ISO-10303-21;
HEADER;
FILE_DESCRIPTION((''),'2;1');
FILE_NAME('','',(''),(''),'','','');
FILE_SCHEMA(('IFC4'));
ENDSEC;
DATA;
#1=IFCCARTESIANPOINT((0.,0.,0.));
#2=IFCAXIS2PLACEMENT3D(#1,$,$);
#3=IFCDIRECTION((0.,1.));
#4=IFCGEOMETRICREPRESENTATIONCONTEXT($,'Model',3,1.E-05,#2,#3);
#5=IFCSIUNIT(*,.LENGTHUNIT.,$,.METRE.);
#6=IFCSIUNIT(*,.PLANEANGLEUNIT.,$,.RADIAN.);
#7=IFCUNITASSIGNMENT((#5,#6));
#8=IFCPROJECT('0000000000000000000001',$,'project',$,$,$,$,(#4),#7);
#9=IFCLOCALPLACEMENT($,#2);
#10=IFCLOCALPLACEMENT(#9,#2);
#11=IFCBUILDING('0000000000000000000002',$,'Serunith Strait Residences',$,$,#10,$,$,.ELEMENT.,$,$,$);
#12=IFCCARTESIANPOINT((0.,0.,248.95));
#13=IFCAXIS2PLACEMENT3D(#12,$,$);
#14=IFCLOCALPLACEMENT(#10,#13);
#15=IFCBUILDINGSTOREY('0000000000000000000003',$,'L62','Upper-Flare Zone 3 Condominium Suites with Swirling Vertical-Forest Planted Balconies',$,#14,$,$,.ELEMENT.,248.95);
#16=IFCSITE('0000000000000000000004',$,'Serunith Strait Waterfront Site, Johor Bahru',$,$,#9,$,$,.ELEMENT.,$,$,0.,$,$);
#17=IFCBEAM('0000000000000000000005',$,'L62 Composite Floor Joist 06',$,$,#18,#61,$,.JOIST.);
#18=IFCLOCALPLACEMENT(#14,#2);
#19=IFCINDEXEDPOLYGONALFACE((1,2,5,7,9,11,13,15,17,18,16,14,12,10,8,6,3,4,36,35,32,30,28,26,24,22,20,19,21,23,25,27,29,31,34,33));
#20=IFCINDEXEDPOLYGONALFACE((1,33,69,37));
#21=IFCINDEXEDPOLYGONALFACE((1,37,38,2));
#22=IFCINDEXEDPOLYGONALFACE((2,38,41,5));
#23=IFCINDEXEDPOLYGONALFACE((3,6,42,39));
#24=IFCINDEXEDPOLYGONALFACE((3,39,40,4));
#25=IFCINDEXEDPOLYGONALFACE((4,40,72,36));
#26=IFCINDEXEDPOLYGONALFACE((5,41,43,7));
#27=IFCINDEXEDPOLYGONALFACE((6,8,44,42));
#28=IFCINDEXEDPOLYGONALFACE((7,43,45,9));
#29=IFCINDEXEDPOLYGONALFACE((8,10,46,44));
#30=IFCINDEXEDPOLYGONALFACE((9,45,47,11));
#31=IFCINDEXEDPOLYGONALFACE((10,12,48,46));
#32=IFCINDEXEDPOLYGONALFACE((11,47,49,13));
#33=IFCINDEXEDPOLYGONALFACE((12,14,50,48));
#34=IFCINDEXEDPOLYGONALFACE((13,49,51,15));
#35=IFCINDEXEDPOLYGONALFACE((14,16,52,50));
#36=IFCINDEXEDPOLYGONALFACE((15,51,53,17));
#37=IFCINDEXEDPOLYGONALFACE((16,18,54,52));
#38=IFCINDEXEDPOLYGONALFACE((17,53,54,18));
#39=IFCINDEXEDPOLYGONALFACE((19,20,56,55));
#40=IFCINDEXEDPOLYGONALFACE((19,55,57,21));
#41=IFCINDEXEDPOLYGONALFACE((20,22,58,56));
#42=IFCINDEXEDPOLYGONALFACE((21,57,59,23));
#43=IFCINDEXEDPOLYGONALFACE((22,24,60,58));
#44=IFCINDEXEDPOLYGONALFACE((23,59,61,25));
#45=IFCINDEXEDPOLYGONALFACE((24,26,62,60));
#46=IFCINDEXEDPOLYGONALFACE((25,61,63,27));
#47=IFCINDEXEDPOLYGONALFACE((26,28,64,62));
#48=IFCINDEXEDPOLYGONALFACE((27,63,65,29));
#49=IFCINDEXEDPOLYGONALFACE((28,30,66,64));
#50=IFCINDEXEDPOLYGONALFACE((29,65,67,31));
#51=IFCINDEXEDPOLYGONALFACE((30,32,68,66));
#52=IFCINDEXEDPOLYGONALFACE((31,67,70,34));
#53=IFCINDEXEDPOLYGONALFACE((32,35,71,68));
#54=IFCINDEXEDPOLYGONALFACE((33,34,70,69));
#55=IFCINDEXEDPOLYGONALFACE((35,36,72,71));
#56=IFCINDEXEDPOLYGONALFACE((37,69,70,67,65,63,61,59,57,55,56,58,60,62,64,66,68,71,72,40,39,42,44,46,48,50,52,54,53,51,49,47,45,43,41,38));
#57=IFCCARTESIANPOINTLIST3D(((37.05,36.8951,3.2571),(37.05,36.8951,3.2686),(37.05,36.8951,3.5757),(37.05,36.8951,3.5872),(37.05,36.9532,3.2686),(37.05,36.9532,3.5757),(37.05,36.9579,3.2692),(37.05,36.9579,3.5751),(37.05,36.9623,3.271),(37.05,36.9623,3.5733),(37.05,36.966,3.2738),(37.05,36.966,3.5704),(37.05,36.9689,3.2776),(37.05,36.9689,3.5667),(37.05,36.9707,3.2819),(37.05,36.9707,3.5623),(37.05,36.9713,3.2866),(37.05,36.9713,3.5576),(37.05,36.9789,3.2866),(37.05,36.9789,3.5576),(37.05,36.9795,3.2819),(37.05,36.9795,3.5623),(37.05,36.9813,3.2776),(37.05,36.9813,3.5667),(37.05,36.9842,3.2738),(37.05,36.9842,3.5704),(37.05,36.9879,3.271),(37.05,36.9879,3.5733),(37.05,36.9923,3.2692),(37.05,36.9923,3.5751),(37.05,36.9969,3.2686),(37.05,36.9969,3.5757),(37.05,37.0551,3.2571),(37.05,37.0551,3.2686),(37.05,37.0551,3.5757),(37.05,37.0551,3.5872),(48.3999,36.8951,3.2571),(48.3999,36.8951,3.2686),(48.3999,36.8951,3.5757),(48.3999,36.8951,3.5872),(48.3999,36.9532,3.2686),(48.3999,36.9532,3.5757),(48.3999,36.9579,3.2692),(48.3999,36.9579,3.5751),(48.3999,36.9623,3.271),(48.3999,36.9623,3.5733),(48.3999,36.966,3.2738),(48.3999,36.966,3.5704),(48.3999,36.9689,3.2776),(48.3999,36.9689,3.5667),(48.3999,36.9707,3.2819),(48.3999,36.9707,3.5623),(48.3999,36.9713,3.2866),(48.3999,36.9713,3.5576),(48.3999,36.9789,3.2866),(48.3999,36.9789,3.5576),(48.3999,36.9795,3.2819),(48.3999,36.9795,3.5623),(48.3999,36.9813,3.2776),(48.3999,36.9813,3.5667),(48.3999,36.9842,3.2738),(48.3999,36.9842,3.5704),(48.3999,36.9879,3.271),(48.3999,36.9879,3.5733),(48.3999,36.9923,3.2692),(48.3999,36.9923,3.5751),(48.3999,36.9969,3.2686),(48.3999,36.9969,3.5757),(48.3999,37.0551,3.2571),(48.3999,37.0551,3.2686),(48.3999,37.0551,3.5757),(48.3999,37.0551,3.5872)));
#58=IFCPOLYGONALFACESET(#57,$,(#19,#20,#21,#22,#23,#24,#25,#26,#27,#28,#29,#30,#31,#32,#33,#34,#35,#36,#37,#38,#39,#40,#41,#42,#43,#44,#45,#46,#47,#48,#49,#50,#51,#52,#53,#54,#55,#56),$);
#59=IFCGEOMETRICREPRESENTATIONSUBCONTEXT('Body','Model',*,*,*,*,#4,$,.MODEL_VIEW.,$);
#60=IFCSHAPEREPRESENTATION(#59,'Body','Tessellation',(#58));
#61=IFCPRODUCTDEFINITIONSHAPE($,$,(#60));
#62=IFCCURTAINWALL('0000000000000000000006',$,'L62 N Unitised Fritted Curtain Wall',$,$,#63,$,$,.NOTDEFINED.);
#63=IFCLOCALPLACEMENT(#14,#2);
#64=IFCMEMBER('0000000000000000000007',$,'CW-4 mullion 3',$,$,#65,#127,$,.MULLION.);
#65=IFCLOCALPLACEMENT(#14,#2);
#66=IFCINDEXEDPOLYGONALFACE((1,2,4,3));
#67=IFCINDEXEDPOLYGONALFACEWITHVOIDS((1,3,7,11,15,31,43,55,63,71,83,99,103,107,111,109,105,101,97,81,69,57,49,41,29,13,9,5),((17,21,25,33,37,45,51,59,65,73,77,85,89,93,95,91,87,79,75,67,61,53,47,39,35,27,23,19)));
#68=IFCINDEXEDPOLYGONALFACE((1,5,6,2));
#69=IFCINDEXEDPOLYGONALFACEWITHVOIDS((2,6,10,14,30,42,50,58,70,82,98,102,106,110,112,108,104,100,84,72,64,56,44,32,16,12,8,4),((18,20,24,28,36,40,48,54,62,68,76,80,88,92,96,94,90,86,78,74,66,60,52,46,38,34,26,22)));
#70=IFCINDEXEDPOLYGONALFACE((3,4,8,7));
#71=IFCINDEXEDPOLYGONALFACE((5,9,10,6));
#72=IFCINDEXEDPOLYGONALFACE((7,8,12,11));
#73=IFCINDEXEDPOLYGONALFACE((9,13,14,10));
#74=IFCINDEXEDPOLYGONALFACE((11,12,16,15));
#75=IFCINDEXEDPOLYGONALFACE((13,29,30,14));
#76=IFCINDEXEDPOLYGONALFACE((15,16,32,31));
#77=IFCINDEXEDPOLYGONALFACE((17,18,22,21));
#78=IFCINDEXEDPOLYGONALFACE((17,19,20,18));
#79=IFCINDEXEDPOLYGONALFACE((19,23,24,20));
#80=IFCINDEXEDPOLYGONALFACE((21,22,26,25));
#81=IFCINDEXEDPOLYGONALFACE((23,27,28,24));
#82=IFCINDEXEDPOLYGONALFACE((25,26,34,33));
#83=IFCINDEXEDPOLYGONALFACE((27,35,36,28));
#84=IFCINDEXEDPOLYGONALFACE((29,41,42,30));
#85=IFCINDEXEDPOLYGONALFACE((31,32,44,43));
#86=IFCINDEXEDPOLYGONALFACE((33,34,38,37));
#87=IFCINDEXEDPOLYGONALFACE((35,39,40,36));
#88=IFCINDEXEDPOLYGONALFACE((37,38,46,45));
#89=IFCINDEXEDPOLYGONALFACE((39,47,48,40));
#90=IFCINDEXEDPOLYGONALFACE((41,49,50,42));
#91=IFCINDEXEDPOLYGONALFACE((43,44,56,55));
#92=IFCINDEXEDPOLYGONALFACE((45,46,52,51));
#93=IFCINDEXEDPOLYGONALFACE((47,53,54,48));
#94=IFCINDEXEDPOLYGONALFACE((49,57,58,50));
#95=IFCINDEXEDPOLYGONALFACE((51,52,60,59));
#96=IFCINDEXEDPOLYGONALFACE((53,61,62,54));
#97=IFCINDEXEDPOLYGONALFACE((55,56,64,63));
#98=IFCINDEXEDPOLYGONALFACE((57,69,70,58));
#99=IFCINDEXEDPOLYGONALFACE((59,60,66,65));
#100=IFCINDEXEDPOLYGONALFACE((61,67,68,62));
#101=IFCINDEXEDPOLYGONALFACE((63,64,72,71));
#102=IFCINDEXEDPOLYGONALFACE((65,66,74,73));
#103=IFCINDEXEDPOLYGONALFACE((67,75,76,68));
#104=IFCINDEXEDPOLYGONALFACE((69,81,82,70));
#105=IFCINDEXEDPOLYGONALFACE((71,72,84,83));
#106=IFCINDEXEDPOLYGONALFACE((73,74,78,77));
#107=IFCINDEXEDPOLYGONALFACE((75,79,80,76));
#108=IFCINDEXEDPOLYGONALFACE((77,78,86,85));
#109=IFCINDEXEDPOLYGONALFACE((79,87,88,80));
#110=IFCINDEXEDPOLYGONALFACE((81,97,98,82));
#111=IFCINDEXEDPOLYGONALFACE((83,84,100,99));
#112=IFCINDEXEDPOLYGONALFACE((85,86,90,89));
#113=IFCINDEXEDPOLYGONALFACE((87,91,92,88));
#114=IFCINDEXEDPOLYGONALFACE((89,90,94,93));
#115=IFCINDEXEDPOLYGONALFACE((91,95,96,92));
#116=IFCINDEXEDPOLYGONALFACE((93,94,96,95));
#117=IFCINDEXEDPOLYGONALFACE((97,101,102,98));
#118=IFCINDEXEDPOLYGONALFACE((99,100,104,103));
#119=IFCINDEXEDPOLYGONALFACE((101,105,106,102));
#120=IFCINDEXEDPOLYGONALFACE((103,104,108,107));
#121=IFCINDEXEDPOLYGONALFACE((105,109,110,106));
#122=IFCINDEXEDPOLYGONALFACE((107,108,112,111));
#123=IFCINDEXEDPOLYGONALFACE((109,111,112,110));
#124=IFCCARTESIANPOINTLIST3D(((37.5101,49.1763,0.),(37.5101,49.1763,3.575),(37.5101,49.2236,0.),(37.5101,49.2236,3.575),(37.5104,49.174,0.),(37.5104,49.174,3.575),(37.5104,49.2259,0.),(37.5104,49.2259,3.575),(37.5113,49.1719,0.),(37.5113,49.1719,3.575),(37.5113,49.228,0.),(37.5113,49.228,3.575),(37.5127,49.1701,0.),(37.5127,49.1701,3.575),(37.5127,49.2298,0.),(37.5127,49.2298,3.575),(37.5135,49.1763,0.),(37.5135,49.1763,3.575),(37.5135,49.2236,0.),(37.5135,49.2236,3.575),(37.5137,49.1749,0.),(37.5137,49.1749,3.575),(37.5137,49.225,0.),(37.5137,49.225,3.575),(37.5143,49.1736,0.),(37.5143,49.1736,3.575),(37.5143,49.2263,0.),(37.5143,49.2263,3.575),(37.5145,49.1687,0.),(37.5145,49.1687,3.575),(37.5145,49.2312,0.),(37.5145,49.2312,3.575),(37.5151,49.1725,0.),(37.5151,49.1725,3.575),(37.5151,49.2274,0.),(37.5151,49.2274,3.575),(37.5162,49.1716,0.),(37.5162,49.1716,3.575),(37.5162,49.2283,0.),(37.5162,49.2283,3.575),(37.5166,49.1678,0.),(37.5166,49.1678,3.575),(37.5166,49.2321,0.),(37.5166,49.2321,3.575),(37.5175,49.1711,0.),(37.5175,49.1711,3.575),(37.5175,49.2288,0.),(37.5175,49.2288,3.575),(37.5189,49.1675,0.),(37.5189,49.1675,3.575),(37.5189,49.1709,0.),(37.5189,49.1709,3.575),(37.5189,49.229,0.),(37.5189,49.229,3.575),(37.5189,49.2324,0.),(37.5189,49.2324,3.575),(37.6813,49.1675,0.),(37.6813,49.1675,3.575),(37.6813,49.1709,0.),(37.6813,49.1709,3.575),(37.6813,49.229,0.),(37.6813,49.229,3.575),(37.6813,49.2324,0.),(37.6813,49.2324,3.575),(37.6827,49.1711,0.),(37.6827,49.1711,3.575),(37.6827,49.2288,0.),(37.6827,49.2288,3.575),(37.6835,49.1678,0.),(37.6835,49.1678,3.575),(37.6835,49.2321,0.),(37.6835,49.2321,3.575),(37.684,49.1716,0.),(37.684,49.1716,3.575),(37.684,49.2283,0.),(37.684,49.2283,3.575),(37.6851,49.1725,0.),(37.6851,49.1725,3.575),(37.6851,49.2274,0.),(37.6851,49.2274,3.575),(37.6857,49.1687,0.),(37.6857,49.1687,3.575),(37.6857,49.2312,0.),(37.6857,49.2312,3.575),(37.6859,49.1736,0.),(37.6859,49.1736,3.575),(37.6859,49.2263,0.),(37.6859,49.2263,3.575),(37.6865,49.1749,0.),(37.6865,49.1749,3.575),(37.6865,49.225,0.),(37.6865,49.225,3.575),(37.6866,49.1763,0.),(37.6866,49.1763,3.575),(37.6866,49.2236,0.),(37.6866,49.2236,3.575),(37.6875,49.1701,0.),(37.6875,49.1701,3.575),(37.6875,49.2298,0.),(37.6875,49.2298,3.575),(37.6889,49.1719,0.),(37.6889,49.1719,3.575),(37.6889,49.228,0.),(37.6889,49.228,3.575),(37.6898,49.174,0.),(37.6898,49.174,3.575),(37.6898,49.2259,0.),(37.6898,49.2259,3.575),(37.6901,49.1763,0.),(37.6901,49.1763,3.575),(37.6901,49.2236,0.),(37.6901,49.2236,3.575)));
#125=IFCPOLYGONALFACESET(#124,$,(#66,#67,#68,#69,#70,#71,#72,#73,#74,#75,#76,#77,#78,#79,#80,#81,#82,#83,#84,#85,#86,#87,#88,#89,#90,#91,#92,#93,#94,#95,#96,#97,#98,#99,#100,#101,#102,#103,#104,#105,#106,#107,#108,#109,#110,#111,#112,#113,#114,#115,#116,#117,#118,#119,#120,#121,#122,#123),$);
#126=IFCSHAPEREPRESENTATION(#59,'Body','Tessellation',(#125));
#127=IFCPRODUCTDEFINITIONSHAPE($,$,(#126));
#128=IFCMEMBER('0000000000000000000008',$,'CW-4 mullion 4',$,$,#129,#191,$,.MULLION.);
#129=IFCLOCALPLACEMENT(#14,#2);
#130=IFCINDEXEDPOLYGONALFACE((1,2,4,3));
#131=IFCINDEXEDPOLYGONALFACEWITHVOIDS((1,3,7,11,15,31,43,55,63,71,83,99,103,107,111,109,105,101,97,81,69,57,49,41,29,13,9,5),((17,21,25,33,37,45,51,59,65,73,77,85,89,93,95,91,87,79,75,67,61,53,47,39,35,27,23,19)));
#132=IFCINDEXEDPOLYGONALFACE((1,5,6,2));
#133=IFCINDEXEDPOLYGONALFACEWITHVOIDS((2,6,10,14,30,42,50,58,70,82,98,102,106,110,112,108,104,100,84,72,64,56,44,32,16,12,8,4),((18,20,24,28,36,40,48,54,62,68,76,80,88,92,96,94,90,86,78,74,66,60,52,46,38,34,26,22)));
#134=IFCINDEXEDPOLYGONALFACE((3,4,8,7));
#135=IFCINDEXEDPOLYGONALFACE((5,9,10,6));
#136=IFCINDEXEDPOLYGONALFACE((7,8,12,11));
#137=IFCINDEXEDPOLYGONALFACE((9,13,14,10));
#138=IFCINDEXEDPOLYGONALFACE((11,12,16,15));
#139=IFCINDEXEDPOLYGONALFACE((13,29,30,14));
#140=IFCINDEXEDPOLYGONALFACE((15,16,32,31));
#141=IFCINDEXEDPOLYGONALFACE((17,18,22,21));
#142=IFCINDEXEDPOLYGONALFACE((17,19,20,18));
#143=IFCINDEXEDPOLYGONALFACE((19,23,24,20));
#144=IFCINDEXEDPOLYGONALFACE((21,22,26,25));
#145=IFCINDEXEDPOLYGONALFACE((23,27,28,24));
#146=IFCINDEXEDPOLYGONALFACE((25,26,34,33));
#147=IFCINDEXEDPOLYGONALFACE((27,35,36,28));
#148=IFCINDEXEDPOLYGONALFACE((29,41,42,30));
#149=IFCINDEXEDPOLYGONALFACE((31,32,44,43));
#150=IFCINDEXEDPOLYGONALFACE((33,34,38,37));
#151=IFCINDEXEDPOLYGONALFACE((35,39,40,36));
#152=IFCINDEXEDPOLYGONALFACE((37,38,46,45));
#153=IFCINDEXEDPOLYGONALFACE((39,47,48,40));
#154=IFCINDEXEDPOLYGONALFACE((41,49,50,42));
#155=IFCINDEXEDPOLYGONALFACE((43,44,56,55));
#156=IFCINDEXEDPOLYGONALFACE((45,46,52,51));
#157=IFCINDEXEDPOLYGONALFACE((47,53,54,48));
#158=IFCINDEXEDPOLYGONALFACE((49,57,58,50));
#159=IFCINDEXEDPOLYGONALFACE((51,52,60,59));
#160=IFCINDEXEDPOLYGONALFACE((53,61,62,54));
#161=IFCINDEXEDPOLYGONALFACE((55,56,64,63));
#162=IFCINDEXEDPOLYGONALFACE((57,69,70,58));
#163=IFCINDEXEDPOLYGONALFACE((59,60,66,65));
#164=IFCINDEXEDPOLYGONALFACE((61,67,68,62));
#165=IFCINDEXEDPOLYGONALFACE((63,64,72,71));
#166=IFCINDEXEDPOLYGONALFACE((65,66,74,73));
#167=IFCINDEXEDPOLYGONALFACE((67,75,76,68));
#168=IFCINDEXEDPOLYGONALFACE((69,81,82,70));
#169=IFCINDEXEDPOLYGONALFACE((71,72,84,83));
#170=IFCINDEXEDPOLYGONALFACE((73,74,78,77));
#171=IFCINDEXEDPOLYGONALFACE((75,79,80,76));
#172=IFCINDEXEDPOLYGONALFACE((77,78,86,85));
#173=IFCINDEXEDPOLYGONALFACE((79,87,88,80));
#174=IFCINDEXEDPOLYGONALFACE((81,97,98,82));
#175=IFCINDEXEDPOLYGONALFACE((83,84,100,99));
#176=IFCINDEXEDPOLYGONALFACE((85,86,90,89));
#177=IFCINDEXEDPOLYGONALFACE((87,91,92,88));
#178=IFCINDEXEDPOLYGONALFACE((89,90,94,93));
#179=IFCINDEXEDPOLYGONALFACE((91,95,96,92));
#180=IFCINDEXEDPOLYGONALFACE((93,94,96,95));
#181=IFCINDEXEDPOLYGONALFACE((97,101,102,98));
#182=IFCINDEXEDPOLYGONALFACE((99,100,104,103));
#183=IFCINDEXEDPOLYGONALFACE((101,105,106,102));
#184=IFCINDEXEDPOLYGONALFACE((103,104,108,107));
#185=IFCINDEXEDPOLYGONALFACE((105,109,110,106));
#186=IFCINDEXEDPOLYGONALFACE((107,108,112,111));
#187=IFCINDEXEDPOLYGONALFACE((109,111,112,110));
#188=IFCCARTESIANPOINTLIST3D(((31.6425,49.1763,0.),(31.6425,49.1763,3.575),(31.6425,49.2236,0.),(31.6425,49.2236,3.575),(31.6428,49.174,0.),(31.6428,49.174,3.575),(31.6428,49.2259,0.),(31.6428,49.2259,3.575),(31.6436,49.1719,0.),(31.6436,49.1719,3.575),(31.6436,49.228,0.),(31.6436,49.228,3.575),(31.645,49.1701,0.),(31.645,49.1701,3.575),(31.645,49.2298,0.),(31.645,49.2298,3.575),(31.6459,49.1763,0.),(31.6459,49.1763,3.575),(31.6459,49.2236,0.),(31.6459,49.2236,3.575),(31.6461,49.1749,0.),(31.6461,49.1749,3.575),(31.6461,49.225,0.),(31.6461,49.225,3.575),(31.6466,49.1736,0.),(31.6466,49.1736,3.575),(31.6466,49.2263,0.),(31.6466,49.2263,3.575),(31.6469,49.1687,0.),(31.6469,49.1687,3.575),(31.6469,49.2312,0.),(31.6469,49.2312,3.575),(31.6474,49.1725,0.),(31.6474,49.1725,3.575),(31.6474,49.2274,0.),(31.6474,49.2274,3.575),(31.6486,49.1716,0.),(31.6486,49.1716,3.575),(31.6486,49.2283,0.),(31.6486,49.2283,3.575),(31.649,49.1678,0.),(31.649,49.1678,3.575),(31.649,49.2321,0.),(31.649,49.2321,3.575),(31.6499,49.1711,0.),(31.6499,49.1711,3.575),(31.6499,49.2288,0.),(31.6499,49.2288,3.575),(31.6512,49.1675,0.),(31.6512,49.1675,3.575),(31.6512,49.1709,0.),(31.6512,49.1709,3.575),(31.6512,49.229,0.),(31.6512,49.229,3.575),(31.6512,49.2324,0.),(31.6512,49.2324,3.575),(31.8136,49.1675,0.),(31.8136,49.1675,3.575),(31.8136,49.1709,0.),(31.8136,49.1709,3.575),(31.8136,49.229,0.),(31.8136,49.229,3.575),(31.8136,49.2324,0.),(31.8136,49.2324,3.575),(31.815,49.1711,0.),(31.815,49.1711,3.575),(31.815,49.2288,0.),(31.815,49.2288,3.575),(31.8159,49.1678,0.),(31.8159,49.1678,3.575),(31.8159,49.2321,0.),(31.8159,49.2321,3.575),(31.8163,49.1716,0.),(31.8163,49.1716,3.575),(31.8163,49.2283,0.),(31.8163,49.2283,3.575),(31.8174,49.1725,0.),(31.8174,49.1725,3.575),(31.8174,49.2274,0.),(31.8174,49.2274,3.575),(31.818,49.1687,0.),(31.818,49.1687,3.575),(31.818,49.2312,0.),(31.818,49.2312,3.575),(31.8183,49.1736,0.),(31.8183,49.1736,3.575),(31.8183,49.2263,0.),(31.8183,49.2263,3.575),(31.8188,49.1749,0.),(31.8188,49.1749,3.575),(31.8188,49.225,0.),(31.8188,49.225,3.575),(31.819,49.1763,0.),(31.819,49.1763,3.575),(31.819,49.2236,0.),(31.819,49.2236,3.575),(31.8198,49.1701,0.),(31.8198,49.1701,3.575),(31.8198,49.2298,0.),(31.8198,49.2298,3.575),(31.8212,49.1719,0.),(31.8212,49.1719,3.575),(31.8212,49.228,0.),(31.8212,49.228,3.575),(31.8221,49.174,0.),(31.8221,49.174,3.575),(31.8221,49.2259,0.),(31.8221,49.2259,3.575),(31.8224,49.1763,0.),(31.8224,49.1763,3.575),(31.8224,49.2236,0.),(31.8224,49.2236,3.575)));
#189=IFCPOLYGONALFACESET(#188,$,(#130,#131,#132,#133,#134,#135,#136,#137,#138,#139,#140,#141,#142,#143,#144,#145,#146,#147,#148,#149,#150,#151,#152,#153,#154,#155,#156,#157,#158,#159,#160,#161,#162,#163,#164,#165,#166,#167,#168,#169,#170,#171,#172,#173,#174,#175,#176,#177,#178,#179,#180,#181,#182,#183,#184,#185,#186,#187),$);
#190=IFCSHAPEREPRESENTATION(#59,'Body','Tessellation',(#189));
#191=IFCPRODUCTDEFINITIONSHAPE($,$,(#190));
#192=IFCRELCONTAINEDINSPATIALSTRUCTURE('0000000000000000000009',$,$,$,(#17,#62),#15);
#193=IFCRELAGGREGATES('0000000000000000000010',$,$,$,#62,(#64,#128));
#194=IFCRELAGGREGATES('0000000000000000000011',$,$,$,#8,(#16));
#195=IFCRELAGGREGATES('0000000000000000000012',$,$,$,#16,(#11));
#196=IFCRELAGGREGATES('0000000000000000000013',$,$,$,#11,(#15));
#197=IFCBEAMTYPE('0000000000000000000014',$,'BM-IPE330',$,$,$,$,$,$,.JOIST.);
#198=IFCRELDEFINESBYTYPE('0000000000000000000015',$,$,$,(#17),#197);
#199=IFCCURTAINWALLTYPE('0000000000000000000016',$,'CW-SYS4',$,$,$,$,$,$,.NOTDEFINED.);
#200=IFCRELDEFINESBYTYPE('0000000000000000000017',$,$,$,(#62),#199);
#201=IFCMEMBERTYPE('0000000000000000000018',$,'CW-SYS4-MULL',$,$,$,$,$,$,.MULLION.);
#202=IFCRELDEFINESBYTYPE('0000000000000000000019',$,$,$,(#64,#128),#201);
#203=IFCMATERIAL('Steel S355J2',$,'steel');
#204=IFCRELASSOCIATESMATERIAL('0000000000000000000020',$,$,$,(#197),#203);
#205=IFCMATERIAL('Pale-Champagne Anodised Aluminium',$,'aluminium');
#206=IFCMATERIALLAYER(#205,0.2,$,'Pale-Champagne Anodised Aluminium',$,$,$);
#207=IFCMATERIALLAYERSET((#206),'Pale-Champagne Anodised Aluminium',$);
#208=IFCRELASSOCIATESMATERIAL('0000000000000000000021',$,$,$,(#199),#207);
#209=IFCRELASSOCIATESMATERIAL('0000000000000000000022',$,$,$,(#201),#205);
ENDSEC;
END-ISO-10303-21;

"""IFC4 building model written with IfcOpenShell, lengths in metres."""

from ifc_helpers import new_model, si_unit, direction, frame, origin, origin_2d, place, context, subcontext, project, spatial, hollow_rectangle, i_section, extrude, source, transform, mapped, material, layer, layer_set, material_profile, profile_set, type_object, element, aggregate, save


model = new_model("IFC4")

# Units and contexts
model_context = context("Model", 3, precision=1e-05, world=origin(), true_north=direction((0.0, 1.0)))
body_context = subcontext(model_context, "Body", "Model", "MODEL_VIEW")
ifc_project = project(units=[si_unit("LENGTHUNIT", "METRE"), si_unit("PLANEANGLEUNIT", "RADIAN")], contexts=[model_context])

# Site, building, storey
site_placement = place(None, origin())
site = spatial("IfcSite", under=ifc_project, at=site_placement, Name="Serunith Strait Waterfront Site, Johor Bahru", CompositionType="ELEMENT", RefElevation=0.0)
building_placement = place(site_placement, origin())
building = spatial("IfcBuilding", under=site, at=building_placement, Name="Serunith Strait Residences", CompositionType="ELEMENT")
storey_placement = place(building_placement, frame((0.0, 0.0, 248.95)))
storey = spatial("IfcBuildingStorey", under=building, at=storey_placement, Name="L62", Description="Upper-Flare Zone 3 Condominium Suites with Swirling Vertical-Forest Planted Balconies", CompositionType="ELEMENT", Elevation=248.95)

# Beam
ifc_material_1 = material(Name="Steel S355J2", Category="steel")
ifc_material_profile_1 = material_profile(ifc_material_1, i_section(OverallWidth=0.1599, OverallDepth=0.3301, WebThickness=0.0076, FlangeThickness=0.0115, FilletRadius=0.0181, at=origin_2d()), Name="IPE 330")
ifc_profile_set_1 = profile_set([ifc_material_profile_1], Name="Steel S355J2")
beam_type_1 = type_object("IfcBeamType", Name="BM-IPE330", PredefinedType="JOIST", material=ifc_profile_set_1)
shared_shape_1 = source(origin(), body_context, "Body", "SweptSolid", [
    extrude(i_section(OverallWidth=0.1599, OverallDepth=0.3301, WebThickness=0.0076, FlangeThickness=0.0115, FilletRadius=0.0181, at=origin_2d()), origin(), (0.0, 0.0, 1.0), 11.3499),
])
beam_1_placement = place(storey_placement, frame((37.05, 36.9751, 3.4221), z_axis=(1.0, 0.0, 0.0), x_axis=(0.0, 1.0, 0.0)))
element("IfcBeam", 1, at=beam_1_placement, inside=storey, type_object=beam_type_1, Name="L62 Composite Floor Joist 06", PredefinedType="JOIST", context=body_context, shape_type="MappedRepresentation", body=[
    mapped(shared_shape_1, transform((0.0, 0.0, 0.0), scale=1.0)),
])

# Curtain wall, members
ifc_material_2 = material(Name="Pale-Champagne Anodised Aluminium", Category="aluminium")
ifc_layer_1 = layer(ifc_material_2, 0.2, Name="Pale-Champagne Anodised Aluminium")
ifc_layer_set_1 = layer_set([ifc_layer_1], Name="Pale-Champagne Anodised Aluminium")
curtain_wall_type = type_object("IfcCurtainWallType", Name="CW-SYS4", PredefinedType="NOTDEFINED", material=ifc_layer_set_1)
curtain_wall_placement = place(storey_placement, origin())
curtain_wall = element("IfcCurtainWall", 2, at=curtain_wall_placement, inside=storey, type_object=curtain_wall_type, Name="L62 N Unitised Fritted Curtain Wall", PredefinedType="NOTDEFINED")
ifc_material_profile_2 = material_profile(ifc_material_2, hollow_rectangle(XDim=0.0649, YDim=0.1799, WallThickness=0.0034, InnerFilletRadius=0.0054, OuterFilletRadius=0.0088, at=origin_2d()), Name="ALU 180x65x3.5")
ifc_profile_set_2 = profile_set([ifc_material_profile_2], Name="Pale-Champagne Anodised Aluminium")
member_type_1 = type_object("IfcMemberType", Name="CW-SYS4-MULL", PredefinedType="MULLION", material=ifc_profile_set_2)
shared_shape_2 = source(origin(), body_context, "Body", "SweptSolid", [
    extrude(hollow_rectangle(XDim=0.0649, YDim=0.1799, WallThickness=0.0034, InnerFilletRadius=0.0054, OuterFilletRadius=0.0088, at=origin_2d()), origin(), (0.0, 0.0, 1.0), 3.575),
])
member_1_placement = place(storey_placement, frame((37.6001, 49.2, 0.0), z_axis=(0.0, 0.0, 1.0), x_axis=(0.0, -1.0, 0.0)))
member_1 = element("IfcMember", 3, at=member_1_placement, type_object=member_type_1, Name="CW-4 mullion 3", PredefinedType="MULLION", context=body_context, shape_type="MappedRepresentation", body=[
    mapped(shared_shape_2, transform((0.0, 0.0, 0.0), scale=1.0)),
])
member_2_placement = place(storey_placement, frame((31.7324, 49.2, 0.0), z_axis=(0.0, 0.0, 1.0), x_axis=(0.0, -1.0, 0.0)))
member_2 = element("IfcMember", 4, at=member_2_placement, type_object=member_type_1, Name="CW-4 mullion 4", PredefinedType="MULLION", context=body_context, shape_type="MappedRepresentation", body=[
    mapped(shared_shape_2, transform((0.0, 0.0, 0.0), scale=1.0)),
])
aggregate(curtain_wall, [member_1, member_2])

save(model, "model.ifc")
